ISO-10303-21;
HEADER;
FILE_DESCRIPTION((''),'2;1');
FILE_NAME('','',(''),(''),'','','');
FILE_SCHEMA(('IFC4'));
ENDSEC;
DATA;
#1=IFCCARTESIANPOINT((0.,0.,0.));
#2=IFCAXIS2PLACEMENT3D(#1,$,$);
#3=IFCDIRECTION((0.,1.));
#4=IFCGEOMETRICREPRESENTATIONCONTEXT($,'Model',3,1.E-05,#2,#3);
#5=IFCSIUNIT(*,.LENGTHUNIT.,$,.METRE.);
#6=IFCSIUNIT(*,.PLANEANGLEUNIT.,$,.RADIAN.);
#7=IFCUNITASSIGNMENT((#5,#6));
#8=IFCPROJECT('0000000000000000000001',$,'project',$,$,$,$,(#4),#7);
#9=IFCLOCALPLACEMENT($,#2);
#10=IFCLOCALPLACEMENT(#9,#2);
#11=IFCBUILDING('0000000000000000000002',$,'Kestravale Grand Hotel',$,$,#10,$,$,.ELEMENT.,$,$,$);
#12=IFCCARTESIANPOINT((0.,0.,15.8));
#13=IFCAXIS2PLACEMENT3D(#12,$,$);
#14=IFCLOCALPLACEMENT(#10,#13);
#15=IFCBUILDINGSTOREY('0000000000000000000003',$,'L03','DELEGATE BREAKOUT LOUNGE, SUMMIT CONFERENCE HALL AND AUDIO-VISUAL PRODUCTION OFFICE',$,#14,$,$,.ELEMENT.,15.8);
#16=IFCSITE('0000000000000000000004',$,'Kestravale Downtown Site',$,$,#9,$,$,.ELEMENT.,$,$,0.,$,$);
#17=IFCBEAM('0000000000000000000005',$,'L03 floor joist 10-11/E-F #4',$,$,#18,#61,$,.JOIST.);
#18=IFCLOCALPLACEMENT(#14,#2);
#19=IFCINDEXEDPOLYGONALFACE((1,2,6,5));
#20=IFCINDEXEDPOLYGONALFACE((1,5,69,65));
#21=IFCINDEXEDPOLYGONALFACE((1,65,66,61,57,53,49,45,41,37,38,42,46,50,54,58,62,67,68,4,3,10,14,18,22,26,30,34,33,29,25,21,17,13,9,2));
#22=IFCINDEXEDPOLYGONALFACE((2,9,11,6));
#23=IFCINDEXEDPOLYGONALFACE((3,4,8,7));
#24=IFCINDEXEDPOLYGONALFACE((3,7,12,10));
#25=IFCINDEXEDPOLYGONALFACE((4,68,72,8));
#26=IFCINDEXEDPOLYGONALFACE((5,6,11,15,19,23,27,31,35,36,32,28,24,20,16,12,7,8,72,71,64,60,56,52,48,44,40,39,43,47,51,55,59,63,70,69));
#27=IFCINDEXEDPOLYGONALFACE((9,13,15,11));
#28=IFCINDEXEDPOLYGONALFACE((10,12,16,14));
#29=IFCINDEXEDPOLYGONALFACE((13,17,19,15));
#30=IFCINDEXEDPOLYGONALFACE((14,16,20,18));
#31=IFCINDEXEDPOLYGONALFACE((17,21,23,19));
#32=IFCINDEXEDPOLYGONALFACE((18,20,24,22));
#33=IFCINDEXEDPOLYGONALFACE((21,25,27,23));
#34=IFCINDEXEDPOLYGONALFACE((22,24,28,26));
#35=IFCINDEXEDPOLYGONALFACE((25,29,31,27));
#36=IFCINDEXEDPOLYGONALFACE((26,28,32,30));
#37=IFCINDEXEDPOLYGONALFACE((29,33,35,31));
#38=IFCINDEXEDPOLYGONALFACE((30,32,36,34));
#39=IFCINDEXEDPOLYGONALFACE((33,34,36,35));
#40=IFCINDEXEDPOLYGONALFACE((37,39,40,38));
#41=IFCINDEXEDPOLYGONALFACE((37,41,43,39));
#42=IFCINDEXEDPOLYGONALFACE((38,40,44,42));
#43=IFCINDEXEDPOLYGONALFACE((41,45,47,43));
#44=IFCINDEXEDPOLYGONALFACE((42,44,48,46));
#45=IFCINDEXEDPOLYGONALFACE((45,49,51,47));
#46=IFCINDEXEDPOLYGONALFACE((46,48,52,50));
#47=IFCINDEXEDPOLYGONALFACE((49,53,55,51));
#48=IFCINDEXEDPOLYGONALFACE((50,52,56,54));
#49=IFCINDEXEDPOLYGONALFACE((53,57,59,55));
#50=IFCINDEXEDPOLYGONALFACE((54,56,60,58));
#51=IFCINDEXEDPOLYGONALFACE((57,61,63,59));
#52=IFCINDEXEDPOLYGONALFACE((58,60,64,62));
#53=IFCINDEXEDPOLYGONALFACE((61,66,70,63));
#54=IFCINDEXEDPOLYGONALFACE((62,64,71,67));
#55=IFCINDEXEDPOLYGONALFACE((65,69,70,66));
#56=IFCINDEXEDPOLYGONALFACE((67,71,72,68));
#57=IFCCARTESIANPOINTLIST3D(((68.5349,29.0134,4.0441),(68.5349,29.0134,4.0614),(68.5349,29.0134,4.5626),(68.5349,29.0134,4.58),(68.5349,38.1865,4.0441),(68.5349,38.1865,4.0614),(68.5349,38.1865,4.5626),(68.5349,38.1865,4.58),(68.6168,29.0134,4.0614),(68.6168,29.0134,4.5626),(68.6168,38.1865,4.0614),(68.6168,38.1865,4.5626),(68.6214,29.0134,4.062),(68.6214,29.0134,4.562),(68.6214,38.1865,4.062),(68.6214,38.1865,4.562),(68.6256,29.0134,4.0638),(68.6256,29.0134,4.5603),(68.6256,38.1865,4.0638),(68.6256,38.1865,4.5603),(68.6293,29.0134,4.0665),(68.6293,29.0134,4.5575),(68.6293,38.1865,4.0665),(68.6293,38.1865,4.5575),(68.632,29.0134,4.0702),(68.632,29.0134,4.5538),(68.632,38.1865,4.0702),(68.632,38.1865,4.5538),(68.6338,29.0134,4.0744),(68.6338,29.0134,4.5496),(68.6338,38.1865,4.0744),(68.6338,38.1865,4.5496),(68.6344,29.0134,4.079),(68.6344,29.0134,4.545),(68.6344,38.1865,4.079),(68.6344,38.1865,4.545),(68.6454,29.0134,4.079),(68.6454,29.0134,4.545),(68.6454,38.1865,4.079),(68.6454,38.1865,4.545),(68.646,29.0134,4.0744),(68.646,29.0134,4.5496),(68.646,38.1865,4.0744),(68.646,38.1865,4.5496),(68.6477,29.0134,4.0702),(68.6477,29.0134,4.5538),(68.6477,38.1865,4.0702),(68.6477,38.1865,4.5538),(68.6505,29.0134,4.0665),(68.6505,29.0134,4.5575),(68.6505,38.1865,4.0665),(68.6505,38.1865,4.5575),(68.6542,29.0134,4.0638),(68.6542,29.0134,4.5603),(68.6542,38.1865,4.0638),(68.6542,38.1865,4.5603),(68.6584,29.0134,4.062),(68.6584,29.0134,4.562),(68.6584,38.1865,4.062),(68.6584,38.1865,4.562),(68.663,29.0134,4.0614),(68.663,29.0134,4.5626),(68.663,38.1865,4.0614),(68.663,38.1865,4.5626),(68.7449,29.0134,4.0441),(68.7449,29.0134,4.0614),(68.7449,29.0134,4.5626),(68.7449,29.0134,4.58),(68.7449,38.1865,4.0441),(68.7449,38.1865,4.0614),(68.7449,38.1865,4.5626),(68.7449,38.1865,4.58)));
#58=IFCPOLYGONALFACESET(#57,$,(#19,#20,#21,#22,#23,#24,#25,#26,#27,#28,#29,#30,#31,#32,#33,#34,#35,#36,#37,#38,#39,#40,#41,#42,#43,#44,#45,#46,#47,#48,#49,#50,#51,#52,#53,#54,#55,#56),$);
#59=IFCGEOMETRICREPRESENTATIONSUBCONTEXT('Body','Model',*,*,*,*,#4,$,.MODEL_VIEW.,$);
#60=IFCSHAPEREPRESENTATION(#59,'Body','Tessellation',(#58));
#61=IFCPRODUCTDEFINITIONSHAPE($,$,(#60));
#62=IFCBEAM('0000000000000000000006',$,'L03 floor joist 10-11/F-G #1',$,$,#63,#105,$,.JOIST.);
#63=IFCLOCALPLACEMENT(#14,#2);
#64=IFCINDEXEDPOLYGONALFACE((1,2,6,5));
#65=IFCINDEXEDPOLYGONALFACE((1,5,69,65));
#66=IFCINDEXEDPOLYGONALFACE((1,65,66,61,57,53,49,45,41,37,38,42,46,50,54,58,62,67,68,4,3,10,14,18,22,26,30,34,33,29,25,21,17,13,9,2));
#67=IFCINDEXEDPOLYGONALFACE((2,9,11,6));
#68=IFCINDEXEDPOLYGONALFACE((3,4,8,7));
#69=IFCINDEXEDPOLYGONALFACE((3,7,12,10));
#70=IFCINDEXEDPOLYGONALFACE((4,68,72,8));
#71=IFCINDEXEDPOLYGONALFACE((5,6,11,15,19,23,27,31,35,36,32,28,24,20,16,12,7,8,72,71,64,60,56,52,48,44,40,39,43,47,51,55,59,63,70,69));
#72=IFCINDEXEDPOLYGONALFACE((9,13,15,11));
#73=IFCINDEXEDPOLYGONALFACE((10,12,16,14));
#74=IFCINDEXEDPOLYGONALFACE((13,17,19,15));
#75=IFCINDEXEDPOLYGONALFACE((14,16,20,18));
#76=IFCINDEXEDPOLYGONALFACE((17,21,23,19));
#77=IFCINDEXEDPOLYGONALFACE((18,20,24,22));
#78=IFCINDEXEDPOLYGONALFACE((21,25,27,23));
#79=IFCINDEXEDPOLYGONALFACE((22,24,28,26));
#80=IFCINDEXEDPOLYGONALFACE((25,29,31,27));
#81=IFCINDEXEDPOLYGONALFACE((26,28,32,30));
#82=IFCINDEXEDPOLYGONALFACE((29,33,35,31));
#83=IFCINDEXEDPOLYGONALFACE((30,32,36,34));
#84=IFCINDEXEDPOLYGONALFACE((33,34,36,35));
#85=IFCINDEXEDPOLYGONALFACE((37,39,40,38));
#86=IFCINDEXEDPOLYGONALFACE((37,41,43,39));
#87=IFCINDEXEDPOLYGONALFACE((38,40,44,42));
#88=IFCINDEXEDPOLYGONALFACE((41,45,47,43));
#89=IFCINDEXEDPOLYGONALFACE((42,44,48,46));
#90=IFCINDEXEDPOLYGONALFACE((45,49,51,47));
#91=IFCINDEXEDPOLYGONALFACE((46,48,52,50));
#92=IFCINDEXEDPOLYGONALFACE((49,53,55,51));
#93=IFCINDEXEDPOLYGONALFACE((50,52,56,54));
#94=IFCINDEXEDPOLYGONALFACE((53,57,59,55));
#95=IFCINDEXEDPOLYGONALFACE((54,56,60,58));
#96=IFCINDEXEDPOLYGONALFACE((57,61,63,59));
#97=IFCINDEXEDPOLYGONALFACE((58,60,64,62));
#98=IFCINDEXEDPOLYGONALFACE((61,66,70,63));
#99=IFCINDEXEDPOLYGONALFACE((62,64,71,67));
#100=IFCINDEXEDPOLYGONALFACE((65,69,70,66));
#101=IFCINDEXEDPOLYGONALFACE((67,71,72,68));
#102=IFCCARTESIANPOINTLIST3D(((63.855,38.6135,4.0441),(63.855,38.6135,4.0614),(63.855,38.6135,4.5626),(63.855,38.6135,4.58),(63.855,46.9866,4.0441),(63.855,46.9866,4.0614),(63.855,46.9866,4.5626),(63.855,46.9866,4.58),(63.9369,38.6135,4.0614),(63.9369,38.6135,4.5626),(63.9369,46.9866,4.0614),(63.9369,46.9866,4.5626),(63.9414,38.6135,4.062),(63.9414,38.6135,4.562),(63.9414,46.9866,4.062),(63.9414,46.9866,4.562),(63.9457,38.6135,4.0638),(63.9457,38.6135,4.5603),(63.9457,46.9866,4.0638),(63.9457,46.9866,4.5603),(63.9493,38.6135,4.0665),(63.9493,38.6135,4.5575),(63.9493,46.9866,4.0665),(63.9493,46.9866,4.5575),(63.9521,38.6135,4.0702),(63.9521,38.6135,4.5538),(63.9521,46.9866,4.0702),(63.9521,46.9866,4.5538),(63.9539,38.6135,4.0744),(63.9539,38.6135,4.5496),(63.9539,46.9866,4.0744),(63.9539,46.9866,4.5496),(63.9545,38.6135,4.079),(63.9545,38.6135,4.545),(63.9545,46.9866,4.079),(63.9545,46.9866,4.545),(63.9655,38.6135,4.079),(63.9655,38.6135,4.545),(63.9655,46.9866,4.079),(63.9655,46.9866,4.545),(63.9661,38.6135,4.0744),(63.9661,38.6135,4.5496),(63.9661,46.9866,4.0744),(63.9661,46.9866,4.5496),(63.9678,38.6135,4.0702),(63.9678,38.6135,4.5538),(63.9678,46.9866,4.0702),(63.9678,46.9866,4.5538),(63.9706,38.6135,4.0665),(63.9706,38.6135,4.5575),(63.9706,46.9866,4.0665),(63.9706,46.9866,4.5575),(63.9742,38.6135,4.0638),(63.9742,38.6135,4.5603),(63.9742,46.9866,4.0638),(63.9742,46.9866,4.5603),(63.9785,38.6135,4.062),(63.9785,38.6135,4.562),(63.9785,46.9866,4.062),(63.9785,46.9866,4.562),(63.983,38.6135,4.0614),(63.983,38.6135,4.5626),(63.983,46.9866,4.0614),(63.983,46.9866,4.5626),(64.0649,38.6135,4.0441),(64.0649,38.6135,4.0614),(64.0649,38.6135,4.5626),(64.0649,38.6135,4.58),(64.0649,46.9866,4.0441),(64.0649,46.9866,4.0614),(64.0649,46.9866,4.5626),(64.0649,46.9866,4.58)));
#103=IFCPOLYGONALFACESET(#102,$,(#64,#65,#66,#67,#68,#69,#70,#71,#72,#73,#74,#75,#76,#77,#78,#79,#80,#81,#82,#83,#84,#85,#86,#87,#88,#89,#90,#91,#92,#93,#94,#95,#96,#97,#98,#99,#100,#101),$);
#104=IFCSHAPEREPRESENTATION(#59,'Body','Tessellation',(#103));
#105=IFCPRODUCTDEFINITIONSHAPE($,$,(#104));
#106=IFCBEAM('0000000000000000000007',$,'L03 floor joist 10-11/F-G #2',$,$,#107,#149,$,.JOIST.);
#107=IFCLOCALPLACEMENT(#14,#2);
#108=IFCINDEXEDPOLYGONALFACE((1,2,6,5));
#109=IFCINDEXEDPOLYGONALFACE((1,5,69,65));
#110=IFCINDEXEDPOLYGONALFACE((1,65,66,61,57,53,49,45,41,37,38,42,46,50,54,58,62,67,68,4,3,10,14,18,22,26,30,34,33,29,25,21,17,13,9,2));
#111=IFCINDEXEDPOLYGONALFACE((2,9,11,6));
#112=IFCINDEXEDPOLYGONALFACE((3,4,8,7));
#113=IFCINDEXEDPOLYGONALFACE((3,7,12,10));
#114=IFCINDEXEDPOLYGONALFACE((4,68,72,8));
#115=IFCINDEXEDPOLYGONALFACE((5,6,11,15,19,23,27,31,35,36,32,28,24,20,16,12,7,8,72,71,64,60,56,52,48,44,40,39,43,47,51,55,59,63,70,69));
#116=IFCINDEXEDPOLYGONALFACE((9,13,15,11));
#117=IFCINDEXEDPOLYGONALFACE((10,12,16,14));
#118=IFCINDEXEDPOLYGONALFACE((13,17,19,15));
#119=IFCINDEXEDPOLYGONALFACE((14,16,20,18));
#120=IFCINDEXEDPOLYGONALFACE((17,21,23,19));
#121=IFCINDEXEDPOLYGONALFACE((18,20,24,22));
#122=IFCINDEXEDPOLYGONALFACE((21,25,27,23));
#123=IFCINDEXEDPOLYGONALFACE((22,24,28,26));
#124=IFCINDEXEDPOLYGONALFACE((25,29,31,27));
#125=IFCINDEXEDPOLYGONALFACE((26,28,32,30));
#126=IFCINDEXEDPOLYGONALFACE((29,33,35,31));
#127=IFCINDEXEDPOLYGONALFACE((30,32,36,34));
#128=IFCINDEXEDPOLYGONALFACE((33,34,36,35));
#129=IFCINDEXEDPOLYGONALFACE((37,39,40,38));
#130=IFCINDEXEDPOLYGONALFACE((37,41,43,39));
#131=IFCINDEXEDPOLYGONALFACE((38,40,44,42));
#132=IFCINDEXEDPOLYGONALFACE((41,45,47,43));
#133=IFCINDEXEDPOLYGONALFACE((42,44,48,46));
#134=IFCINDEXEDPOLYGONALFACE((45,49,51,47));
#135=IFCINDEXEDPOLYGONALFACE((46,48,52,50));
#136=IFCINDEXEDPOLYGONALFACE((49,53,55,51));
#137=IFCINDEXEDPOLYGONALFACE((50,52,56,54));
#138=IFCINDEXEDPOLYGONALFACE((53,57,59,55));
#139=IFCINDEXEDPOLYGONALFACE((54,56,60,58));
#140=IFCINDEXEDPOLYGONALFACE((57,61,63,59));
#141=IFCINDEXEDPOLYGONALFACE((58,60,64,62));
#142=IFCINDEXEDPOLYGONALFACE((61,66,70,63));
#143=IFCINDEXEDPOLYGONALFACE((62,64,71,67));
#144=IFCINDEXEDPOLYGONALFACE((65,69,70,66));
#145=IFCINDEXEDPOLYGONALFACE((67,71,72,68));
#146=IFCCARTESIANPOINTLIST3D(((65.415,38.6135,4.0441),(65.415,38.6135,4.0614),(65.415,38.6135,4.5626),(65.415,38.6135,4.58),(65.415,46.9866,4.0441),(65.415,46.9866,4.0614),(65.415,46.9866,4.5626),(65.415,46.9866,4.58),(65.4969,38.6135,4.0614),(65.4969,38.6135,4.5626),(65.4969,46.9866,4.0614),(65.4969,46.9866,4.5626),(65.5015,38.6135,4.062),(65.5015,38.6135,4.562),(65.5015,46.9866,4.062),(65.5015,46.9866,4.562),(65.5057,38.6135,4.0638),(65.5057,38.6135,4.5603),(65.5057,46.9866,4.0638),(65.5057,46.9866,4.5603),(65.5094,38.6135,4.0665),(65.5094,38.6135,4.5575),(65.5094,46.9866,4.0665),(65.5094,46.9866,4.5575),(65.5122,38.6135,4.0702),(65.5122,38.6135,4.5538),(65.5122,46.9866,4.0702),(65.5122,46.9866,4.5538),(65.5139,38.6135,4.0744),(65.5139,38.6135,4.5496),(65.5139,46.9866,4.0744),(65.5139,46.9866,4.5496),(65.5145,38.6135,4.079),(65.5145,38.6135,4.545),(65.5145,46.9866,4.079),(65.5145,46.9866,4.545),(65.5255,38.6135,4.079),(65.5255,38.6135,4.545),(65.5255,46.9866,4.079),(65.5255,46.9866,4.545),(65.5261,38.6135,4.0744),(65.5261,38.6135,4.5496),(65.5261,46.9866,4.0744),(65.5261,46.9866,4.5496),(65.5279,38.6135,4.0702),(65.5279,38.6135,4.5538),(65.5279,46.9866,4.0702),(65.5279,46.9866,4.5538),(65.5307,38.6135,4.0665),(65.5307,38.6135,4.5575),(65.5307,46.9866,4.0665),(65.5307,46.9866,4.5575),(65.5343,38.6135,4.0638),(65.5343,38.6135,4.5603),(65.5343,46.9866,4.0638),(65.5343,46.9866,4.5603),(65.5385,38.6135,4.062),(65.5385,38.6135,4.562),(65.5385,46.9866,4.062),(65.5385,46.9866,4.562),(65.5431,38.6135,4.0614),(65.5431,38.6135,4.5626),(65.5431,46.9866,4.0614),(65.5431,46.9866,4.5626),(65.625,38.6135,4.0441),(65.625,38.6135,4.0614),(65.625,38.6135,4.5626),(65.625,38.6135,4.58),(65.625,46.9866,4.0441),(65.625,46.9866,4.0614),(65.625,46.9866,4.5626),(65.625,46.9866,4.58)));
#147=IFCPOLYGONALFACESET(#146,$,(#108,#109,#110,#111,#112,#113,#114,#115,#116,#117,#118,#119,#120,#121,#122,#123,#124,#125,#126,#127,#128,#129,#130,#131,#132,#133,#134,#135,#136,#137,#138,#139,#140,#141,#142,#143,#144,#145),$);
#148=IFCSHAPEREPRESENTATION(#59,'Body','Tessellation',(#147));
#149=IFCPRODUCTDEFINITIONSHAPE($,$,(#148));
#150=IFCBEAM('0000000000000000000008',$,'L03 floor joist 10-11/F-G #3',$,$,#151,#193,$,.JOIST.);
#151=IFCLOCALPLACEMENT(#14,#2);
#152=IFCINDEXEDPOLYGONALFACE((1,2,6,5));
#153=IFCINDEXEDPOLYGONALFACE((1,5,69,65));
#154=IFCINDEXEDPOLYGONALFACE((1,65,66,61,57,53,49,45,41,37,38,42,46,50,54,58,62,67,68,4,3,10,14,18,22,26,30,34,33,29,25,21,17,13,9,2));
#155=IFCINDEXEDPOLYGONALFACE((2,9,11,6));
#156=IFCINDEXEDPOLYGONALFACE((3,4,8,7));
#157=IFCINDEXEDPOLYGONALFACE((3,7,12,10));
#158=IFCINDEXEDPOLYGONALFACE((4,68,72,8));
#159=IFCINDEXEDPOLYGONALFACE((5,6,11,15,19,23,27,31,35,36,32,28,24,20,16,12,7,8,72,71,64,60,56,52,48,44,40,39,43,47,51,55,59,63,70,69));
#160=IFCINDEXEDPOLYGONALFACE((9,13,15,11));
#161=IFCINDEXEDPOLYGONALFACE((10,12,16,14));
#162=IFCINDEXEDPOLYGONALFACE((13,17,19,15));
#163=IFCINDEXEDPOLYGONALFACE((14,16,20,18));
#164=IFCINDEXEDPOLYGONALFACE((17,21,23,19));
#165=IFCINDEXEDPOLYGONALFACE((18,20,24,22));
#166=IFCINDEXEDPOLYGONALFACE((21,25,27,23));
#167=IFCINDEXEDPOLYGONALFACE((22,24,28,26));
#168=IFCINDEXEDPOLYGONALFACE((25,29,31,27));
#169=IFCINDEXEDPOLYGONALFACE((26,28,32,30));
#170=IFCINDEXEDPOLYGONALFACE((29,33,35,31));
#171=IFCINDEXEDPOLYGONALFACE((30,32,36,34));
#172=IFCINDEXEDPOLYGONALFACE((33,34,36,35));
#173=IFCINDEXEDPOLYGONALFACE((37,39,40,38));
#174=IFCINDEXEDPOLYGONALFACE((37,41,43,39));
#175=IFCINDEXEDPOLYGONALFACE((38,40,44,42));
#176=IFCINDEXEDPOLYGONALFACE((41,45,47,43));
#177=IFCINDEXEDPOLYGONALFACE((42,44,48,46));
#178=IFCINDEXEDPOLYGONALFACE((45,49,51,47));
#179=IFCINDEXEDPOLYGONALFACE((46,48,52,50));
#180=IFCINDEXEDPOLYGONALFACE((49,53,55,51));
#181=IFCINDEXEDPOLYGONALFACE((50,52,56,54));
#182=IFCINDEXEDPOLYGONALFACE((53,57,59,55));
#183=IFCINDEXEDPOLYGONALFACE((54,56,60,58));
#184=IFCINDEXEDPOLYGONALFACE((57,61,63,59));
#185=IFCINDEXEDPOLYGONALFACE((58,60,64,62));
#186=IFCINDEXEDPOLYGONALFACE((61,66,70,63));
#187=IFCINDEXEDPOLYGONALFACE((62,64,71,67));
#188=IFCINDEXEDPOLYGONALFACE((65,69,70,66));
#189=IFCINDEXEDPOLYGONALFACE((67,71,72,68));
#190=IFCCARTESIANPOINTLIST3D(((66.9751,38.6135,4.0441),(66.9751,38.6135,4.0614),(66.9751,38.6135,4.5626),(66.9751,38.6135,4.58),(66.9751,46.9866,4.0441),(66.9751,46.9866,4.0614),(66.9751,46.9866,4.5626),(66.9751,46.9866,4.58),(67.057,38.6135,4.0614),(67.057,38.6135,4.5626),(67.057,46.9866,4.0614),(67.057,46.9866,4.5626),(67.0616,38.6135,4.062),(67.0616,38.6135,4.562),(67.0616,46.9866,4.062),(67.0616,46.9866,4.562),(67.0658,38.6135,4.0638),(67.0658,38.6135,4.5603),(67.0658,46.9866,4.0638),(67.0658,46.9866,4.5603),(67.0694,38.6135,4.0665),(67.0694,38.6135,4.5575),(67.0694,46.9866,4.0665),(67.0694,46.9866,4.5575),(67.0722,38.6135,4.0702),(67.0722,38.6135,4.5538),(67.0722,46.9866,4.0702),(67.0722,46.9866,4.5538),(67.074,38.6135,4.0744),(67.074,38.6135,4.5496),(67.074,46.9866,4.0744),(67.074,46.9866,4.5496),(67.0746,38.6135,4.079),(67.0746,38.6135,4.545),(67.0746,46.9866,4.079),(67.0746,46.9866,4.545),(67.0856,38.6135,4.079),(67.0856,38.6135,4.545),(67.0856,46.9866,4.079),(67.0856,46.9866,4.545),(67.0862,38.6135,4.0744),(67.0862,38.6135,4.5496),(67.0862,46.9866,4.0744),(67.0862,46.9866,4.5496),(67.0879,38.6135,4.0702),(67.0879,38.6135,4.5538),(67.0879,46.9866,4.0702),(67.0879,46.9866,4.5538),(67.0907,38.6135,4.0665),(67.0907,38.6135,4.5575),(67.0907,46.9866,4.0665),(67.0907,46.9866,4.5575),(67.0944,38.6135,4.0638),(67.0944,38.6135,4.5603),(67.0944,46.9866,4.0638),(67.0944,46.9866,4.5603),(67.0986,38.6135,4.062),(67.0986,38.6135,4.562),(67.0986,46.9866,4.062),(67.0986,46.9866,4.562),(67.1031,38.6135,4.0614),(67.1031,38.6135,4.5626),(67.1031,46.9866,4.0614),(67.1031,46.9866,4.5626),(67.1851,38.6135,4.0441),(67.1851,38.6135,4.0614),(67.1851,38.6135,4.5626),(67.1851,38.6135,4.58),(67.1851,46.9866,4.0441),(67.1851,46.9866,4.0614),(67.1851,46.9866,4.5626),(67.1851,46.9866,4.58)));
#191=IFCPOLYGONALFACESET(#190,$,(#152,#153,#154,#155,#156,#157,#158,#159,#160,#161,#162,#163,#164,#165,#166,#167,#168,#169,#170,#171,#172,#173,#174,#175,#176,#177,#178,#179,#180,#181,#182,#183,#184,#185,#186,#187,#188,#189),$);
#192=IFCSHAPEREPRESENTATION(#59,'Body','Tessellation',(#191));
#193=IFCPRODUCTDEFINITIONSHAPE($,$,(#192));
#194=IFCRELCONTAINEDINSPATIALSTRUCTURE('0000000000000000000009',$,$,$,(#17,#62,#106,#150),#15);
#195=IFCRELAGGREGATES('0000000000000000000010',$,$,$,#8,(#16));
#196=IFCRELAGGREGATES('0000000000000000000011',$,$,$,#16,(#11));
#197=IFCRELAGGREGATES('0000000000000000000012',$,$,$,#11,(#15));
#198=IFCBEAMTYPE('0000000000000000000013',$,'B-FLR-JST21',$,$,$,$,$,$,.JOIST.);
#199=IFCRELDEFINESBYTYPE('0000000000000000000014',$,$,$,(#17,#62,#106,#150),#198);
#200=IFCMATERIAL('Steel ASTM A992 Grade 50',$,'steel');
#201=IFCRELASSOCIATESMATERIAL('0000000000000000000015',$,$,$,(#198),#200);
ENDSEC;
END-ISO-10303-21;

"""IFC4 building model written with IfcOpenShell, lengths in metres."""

from ifc_helpers import new_model, si_unit, direction, frame, origin, origin_2d, place, context, subcontext, project, spatial, i_section, extrude, material, material_profile, profile_set, type_object, element, save


model = new_model("IFC4")

# Units and contexts
model_context = context("Model", 3, precision=1e-05, world=origin(), true_north=direction((0.0, 1.0)))
body_context = subcontext(model_context, "Body", "Model", "MODEL_VIEW")
ifc_project = project(units=[si_unit("LENGTHUNIT", "METRE"), si_unit("PLANEANGLEUNIT", "RADIAN")], contexts=[model_context])

# Site, building, storey
site_placement = place(None, origin())
site = spatial("IfcSite", under=ifc_project, at=site_placement, Name="Kestravale Downtown Site", CompositionType="ELEMENT", RefElevation=0.0)
building_placement = place(site_placement, origin())
building = spatial("IfcBuilding", under=site, at=building_placement, Name="Kestravale Grand Hotel", CompositionType="ELEMENT")
storey_placement = place(building_placement, frame((0.0, 0.0, 15.8)))
storey = spatial("IfcBuildingStorey", under=building, at=storey_placement, Name="L03", Description="DELEGATE BREAKOUT LOUNGE, SUMMIT CONFERENCE HALL AND AUDIO-VISUAL PRODUCTION OFFICE", CompositionType="ELEMENT", Elevation=15.8)

# Beams
ifc_material_1 = material(Name="Steel ASTM A992 Grade 50", Category="steel")
ifc_material_profile_1 = material_profile(ifc_material_1, i_section(OverallWidth=0.21, OverallDepth=0.5359, WebThickness=0.011, FlangeThickness=0.0173, FilletRadius=0.0176, at=origin_2d()))
ifc_profile_set_1 = profile_set([ifc_material_profile_1], Name="Steel ASTM A992 Grade 50")
beam_type_1 = type_object("IfcBeamType", Name="B-FLR-JST21", PredefinedType="JOIST", material=ifc_profile_set_1)
for number, where, z_axis, x_axis, name in (
    (1, (68.6399, 29.0134, 4.312), (0.0, 1.0, 0.0), (-1.0, 0.0, 0.0), "L03 floor joist 10-11/E-F #4"),
):
    element("IfcBeam", number, at=place(storey_placement, frame(where, z_axis=z_axis, x_axis=x_axis)), inside=storey, type_object=beam_type_1, Name=name, PredefinedType="JOIST", context=body_context, shape_type="SweptSolid", body=[
        extrude(i_section(OverallWidth=0.21, OverallDepth=0.5359, WebThickness=0.011, FlangeThickness=0.0173, FilletRadius=0.0176, at=origin_2d()), origin(), (0.0, 0.0, 1.0), 9.1731),
    ])
for number, where, z_axis, x_axis, name in (
    (2, (63.96, 38.6135, 4.312), (0.0, 1.0, 0.0), (-1.0, 0.0, 0.0), "L03 floor joist 10-11/F-G #1"),
    (3, (65.52, 38.6135, 4.312), (0.0, 1.0, 0.0), (-1.0, 0.0, 0.0), "L03 floor joist 10-11/F-G #2"),
    (4, (67.0801, 38.6135, 4.312), (0.0, 1.0, 0.0), (-1.0, 0.0, 0.0), "L03 floor joist 10-11/F-G #3"),
):
    element("IfcBeam", number, at=place(storey_placement, frame(where, z_axis=z_axis, x_axis=x_axis)), inside=storey, type_object=beam_type_1, Name=name, PredefinedType="JOIST", context=body_context, shape_type="SweptSolid", body=[
        extrude(i_section(OverallWidth=0.21, OverallDepth=0.5359, WebThickness=0.011, FlangeThickness=0.0173, FilletRadius=0.0176, at=origin_2d()), origin(), (0.0, 0.0, 1.0), 8.373),
    ])

save(model, "model.ifc")
